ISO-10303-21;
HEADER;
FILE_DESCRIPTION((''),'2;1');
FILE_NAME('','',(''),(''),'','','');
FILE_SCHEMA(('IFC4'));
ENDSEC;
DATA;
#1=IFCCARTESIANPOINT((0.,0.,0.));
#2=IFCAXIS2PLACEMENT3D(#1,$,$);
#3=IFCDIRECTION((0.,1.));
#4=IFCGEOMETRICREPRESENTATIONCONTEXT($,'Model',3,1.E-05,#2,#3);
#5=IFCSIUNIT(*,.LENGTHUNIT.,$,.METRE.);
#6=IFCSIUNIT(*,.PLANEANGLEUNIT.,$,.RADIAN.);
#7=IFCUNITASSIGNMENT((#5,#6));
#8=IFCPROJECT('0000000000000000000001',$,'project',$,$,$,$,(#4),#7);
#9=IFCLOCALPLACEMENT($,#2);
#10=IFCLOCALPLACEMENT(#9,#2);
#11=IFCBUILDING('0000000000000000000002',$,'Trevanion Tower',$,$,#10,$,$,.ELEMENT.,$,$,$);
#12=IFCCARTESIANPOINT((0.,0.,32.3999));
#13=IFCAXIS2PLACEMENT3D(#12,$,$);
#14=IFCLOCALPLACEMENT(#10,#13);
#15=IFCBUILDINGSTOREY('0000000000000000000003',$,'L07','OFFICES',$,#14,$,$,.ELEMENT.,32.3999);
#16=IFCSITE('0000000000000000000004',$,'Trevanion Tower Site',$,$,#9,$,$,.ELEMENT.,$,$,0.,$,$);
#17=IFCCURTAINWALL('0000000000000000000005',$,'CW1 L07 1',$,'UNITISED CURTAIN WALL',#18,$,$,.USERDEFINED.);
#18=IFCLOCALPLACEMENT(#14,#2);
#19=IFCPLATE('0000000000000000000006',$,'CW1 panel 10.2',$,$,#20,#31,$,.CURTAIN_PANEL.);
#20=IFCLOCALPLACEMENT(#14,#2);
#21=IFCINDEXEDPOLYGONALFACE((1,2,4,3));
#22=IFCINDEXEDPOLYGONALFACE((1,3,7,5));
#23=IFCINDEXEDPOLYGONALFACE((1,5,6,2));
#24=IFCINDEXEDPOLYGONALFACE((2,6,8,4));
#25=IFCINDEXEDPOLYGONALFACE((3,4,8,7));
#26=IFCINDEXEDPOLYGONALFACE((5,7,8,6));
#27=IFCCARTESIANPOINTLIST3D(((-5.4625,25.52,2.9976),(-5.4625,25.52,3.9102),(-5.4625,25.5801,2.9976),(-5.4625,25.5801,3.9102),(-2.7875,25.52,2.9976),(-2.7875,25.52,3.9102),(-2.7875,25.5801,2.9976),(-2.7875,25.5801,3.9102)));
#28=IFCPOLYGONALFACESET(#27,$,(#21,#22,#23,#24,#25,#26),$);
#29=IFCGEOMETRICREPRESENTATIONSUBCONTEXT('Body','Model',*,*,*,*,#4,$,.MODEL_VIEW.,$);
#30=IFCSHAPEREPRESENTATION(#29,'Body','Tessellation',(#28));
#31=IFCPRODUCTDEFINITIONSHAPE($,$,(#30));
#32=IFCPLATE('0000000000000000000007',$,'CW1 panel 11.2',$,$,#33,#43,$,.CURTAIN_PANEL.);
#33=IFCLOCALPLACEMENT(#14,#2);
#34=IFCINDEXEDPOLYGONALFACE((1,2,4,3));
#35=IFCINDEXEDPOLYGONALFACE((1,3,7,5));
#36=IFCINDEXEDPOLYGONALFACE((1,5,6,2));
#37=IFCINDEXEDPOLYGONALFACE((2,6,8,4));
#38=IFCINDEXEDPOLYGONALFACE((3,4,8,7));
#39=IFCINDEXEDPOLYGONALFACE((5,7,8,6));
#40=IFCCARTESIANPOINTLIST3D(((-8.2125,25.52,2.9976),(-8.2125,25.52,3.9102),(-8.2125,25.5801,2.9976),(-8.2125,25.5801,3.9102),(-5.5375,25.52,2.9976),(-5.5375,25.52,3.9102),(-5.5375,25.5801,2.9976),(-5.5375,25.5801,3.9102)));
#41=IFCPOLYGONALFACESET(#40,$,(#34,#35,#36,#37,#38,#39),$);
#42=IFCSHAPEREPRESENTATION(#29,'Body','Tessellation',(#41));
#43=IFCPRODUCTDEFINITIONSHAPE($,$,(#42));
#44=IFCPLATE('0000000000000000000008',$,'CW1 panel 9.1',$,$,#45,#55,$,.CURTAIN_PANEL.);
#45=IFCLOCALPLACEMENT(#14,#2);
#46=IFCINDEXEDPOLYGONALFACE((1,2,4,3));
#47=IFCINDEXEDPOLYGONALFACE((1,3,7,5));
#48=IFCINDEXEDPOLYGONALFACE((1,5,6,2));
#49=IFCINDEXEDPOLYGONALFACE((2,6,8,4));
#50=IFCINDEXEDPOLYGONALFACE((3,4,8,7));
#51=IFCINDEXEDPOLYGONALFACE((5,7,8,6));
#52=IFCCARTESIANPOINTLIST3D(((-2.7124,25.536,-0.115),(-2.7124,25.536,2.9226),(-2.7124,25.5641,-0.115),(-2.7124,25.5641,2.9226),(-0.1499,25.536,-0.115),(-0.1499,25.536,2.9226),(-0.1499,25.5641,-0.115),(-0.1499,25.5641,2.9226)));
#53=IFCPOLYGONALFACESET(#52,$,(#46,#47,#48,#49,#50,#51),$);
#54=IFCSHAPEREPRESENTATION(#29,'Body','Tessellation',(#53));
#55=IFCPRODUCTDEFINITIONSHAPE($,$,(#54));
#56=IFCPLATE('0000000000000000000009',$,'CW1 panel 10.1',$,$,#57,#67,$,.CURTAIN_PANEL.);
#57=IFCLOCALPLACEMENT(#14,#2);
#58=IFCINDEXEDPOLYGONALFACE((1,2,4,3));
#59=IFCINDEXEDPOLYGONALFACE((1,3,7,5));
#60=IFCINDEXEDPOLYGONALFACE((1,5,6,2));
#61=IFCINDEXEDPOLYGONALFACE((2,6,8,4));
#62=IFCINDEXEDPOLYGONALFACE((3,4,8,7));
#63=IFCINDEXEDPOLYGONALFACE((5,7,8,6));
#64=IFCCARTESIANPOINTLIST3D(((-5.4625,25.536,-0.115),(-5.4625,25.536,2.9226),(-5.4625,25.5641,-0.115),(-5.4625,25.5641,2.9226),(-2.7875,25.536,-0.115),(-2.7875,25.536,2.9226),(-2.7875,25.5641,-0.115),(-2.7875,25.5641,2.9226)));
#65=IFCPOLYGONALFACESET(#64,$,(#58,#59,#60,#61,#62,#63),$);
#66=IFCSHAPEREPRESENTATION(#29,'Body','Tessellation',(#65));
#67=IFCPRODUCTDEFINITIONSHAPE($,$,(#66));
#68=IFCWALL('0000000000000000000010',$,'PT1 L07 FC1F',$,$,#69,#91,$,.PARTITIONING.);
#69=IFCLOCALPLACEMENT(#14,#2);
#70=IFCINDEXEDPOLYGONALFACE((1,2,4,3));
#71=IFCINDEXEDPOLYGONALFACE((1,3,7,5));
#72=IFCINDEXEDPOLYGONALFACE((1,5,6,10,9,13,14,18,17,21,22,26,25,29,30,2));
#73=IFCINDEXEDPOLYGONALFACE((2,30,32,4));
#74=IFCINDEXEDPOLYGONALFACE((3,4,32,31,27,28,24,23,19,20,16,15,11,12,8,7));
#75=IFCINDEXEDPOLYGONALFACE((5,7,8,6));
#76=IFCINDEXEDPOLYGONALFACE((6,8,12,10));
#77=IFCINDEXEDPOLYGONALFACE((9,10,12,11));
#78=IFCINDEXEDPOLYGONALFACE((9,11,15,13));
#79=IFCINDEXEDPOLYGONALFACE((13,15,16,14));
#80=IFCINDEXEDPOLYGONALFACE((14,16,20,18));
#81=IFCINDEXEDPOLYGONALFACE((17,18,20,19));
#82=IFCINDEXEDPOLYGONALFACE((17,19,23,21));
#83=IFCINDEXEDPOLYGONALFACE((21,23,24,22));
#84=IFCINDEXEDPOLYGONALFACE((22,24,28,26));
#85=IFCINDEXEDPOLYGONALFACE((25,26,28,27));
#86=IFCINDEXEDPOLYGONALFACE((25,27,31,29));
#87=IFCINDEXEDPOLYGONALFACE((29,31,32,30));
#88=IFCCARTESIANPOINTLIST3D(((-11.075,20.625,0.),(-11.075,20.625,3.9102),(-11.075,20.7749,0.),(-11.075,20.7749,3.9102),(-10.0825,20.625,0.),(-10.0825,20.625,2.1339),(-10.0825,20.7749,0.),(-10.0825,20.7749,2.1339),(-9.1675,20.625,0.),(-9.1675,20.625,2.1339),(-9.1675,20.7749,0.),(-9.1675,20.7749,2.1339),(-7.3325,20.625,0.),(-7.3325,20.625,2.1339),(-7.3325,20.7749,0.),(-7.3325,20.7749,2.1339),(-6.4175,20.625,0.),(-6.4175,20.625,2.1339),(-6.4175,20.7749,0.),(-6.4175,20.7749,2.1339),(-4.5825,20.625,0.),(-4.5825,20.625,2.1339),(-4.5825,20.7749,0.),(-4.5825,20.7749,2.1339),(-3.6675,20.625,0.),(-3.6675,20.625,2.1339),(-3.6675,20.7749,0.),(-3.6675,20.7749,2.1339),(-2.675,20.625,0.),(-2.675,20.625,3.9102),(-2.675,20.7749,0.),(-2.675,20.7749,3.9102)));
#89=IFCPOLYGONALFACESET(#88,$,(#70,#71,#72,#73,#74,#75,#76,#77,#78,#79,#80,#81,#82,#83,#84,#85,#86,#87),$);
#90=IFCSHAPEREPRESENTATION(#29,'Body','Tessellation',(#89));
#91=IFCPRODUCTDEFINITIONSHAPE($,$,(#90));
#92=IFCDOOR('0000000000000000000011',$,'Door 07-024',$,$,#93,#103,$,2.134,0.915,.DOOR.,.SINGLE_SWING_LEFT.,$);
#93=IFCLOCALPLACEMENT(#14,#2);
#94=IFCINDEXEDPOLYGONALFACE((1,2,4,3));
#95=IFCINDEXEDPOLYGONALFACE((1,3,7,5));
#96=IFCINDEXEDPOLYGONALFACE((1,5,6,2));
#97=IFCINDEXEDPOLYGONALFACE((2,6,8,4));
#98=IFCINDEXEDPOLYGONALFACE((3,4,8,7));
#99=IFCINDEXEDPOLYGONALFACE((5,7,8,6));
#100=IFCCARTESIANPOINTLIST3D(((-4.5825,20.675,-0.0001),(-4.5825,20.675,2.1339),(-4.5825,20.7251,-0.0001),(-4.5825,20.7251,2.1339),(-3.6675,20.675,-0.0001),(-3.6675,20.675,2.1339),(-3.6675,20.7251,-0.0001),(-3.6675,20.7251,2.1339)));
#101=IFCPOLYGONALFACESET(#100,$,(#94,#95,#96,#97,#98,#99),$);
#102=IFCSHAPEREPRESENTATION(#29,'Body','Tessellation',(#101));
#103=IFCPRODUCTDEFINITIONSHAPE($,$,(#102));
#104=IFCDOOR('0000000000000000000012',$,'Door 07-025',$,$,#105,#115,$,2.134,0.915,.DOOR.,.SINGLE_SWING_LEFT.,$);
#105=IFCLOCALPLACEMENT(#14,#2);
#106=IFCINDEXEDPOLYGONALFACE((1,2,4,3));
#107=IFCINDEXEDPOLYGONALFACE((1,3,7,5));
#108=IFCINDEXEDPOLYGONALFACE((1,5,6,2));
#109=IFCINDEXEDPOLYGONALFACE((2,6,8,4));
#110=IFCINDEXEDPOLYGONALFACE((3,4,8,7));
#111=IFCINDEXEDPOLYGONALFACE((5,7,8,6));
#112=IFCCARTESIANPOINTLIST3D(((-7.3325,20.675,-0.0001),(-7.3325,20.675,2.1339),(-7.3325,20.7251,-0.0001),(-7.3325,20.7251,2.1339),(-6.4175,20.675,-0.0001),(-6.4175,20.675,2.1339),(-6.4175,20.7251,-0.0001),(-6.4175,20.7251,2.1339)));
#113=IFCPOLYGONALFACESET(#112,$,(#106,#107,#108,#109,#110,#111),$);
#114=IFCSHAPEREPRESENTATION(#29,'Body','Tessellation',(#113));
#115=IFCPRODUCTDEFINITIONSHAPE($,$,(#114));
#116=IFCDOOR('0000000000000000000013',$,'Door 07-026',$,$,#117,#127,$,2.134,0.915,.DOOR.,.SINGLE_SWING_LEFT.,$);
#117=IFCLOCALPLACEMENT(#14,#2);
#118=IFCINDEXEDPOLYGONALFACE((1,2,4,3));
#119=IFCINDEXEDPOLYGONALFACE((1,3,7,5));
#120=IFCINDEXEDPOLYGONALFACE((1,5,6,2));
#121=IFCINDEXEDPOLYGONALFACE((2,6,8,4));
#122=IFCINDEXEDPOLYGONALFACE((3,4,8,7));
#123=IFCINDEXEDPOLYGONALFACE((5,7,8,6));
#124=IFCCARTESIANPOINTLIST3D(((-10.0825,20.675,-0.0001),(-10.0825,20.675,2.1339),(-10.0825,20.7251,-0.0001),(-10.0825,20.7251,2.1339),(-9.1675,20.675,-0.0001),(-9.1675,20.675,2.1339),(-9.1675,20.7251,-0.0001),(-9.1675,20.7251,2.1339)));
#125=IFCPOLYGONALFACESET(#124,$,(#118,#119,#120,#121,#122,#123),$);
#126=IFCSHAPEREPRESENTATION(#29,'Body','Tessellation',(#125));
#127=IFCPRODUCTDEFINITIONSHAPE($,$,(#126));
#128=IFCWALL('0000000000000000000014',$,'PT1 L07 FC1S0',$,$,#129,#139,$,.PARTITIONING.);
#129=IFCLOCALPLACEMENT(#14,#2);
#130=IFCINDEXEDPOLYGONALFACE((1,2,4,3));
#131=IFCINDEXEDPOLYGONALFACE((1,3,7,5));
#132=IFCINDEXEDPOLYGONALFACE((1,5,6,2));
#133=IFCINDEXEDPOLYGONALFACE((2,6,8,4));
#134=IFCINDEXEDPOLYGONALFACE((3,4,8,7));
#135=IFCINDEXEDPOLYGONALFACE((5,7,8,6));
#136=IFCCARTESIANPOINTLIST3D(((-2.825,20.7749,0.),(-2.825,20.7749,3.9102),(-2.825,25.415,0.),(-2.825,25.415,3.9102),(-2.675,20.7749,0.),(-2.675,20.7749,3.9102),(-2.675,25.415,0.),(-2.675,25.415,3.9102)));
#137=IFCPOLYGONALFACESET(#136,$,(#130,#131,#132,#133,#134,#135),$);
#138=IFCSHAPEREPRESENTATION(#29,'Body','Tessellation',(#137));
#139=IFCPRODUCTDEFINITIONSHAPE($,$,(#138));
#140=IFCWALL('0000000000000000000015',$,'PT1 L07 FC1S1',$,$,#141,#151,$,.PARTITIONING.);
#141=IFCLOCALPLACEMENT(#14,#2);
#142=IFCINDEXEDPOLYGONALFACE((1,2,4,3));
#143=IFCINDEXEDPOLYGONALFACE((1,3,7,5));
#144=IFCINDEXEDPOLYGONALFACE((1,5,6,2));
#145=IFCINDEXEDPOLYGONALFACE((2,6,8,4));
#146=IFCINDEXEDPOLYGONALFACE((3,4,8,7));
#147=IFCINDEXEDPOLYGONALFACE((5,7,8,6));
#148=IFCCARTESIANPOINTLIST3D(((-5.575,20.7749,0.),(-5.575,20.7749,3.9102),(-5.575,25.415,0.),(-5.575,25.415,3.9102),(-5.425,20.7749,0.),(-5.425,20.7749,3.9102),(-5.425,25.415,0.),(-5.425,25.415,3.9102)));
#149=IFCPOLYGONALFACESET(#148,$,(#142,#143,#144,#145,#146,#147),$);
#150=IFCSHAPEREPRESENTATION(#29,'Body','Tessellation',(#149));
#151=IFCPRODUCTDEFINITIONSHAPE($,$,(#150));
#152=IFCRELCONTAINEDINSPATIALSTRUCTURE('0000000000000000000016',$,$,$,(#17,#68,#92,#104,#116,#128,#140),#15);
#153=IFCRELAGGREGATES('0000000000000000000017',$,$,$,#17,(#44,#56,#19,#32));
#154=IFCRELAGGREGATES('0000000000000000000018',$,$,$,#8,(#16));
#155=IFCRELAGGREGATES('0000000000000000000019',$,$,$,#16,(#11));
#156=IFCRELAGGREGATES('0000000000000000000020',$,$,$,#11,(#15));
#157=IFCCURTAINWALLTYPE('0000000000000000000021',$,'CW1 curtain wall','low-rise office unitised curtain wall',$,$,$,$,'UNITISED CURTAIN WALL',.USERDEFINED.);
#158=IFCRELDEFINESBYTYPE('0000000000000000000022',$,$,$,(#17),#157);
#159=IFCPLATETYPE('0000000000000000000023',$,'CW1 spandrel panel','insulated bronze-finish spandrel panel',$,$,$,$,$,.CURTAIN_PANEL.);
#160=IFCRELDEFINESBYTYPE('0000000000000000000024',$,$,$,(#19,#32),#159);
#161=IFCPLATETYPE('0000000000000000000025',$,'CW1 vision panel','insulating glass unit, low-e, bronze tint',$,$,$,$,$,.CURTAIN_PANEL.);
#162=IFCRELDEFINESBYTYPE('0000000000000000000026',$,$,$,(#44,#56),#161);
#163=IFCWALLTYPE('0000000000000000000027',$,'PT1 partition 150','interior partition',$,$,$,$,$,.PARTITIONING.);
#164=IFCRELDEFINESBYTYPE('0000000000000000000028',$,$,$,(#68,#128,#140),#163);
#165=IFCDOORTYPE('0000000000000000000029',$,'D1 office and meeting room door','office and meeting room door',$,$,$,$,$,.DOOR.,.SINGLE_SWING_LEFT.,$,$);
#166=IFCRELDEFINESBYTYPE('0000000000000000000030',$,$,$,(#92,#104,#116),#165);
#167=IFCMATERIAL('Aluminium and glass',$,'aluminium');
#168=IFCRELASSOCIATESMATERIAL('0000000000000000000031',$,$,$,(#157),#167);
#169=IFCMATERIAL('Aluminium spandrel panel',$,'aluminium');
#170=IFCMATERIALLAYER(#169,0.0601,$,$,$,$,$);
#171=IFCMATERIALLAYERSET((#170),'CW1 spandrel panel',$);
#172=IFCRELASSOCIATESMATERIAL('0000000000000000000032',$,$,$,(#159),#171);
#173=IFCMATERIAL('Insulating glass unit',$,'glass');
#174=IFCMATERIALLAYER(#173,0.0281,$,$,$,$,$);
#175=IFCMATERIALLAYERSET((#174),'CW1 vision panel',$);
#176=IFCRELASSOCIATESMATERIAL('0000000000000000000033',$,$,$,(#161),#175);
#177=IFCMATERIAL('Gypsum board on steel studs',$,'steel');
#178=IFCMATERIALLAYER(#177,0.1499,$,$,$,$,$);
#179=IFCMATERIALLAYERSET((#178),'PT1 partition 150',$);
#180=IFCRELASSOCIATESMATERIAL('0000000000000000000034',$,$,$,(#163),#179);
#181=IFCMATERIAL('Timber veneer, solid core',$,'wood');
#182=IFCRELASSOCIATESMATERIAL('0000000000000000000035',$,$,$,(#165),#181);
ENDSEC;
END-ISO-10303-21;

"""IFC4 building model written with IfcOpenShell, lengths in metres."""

from ifc_helpers import new_model, si_unit, direction, frame, frame_2d, origin, origin_2d, place, context, subcontext, project, spatial, rectangle, extrude, material, layer, layer_set, type_object, element, fill, aggregate, save


model = new_model("IFC4")

# Units and contexts
model_context = context("Model", 3, precision=1e-05, world=origin(), true_north=direction((0.0, 1.0)))
body_context = subcontext(model_context, "Body", "Model", "MODEL_VIEW")
ifc_project = project(units=[si_unit("LENGTHUNIT", "METRE"), si_unit("PLANEANGLEUNIT", "RADIAN")], contexts=[model_context])

# Site, building, storey
site_placement = place(None, origin())
site = spatial("IfcSite", under=ifc_project, at=site_placement, Name="Trevanion Tower Site", CompositionType="ELEMENT", RefElevation=0.0)
building_placement = place(site_placement, origin())
building = spatial("IfcBuilding", under=site, at=building_placement, Name="Trevanion Tower", CompositionType="ELEMENT")
storey_placement = place(building_placement, frame((0.0, 0.0, 32.3999)))
storey = spatial("IfcBuildingStorey", under=building, at=storey_placement, Name="L07", Description="OFFICES", CompositionType="ELEMENT", Elevation=32.3999)

# Curtain wall
ifc_material_1 = material(Name="Aluminium and glass", Category="aluminium")
curtain_wall_type = type_object("IfcCurtainWallType", Name="CW1 curtain wall", Description="low-rise office unitised curtain wall", ElementType="UNITISED CURTAIN WALL", PredefinedType="USERDEFINED", material=ifc_material_1)
curtain_wall_placement = place(storey_placement, origin())
curtain_wall = element("IfcCurtainWall", 1, at=curtain_wall_placement, inside=storey, type_object=curtain_wall_type, Name="CW1 L07 1", ObjectType="UNITISED CURTAIN WALL", PredefinedType="USERDEFINED")

# Plates
ifc_material_2 = material(Name="Aluminium spandrel panel", Category="aluminium")
ifc_layer_1 = layer(ifc_material_2, 0.0601)
ifc_layer_set_1 = layer_set([ifc_layer_1], Name="CW1 spandrel panel")
plate_type_1 = type_object("IfcPlateType", Name="CW1 spandrel panel", Description="insulated bronze-finish spandrel panel", PredefinedType="CURTAIN_PANEL", material=ifc_layer_set_1)
plate_1_placement = place(storey_placement, frame((-4.125, 25.55, 2.9976), z_axis=(0.0, 0.0, 1.0), x_axis=(-1.0, 0.0, 0.0)))
plate_1 = element("IfcPlate", 2, at=plate_1_placement, type_object=plate_type_1, Name="CW1 panel 10.2", PredefinedType="CURTAIN_PANEL", context=body_context, shape_type="SweptSolid", body=[
    extrude(rectangle(XDim=2.675, YDim=0.0601, at=origin_2d()), origin(), (0.0, 0.0, 1.0), 0.9126),
])
plate_2_placement = place(storey_placement, frame((-6.875, 25.55, 2.9976), z_axis=(0.0, 0.0, 1.0), x_axis=(-1.0, 0.0, 0.0)))
plate_2 = element("IfcPlate", 3, at=plate_2_placement, type_object=plate_type_1, Name="CW1 panel 11.2", PredefinedType="CURTAIN_PANEL", context=body_context, shape_type="SweptSolid", body=[
    extrude(rectangle(XDim=2.675, YDim=0.0601, at=origin_2d()), origin(), (0.0, 0.0, 1.0), 0.9126),
])
ifc_material_3 = material(Name="Insulating glass unit", Category="glass")
ifc_layer_2 = layer(ifc_material_3, 0.0281)
ifc_layer_set_2 = layer_set([ifc_layer_2], Name="CW1 vision panel")
plate_type_2 = type_object("IfcPlateType", Name="CW1 vision panel", Description="insulating glass unit, low-e, bronze tint", PredefinedType="CURTAIN_PANEL", material=ifc_layer_set_2)
plate_3_placement = place(storey_placement, frame((-1.4312, 25.55, -0.115), z_axis=(0.0, 0.0, 1.0), x_axis=(-1.0, 0.0, 0.0)))
plate_3 = element("IfcPlate", 4, at=plate_3_placement, type_object=plate_type_2, Name="CW1 panel 9.1", PredefinedType="CURTAIN_PANEL", context=body_context, shape_type="SweptSolid", body=[
    extrude(rectangle(XDim=2.5625, YDim=0.0281, at=origin_2d()), origin(), (0.0, 0.0, 1.0), 3.0376),
])
plate_4_placement = place(storey_placement, frame((-4.125, 25.55, -0.115), z_axis=(0.0, 0.0, 1.0), x_axis=(-1.0, 0.0, 0.0)))
plate_4 = element("IfcPlate", 5, at=plate_4_placement, type_object=plate_type_2, Name="CW1 panel 10.1", PredefinedType="CURTAIN_PANEL", context=body_context, shape_type="SweptSolid", body=[
    extrude(rectangle(XDim=2.675, YDim=0.0281, at=origin_2d()), origin(), (0.0, 0.0, 1.0), 3.0376),
])
aggregate(curtain_wall, [plate_3, plate_4, plate_1, plate_2])

# Wall, openings, doors
ifc_material_4 = material(Name="Gypsum board on steel studs", Category="steel")
ifc_layer_3 = layer(ifc_material_4, 0.1499)
ifc_layer_set_3 = layer_set([ifc_layer_3], Name="PT1 partition 150")
wall_type = type_object("IfcWallType", Name="PT1 partition 150", Description="interior partition", PredefinedType="PARTITIONING", material=ifc_layer_set_3)
wall_placement = place(storey_placement, frame((-2.675, 20.7, 0.0), z_axis=(0.0, 0.0, 1.0), x_axis=(-1.0, 0.0, 0.0)))
wall = element("IfcWall", 6, at=wall_placement, inside=storey, type_object=wall_type, Name="PT1 L07 FC1F", PredefinedType="PARTITIONING", context=body_context, shape_type="SweptSolid", body=[
    extrude(rectangle(XDim=8.3999, YDim=0.1499, at=frame_2d((4.2, 0.0))), origin(), (0.0, 0.0, 1.0), 3.9102),
])
opening_1_placement = place(wall_placement, frame((0.9924, 0.0, 0.0)))
opening_1 = element("IfcOpeningElement", 7, at=opening_1_placement, cuts=wall, PredefinedType="OPENING", context=body_context, shape_type="SweptSolid", body=[
    extrude(rectangle(XDim=0.915, YDim=2.134, at=frame_2d((0.4575, 1.0669))), frame((0.0, 0.085, 0.0), z_axis=(0.0, -1.0, 0.0), x_axis=(1.0, 0.0, 0.0)), (0.0, 0.0, 1.0), 0.1699),
])
opening_2_placement = place(wall_placement, frame((3.7424, 0.0, 0.0)))
opening_2 = element("IfcOpeningElement", 8, at=opening_2_placement, cuts=wall, PredefinedType="OPENING", context=body_context, shape_type="SweptSolid", body=[
    extrude(rectangle(XDim=0.915, YDim=2.134, at=frame_2d((0.4575, 1.0669))), frame((0.0, 0.085, 0.0), z_axis=(0.0, -1.0, 0.0), x_axis=(1.0, 0.0, 0.0)), (0.0, 0.0, 1.0), 0.1699),
])
opening_3_placement = place(wall_placement, frame((6.4924, 0.0, 0.0)))
opening_3 = element("IfcOpeningElement", 9, at=opening_3_placement, cuts=wall, PredefinedType="OPENING", context=body_context, shape_type="SweptSolid", body=[
    extrude(rectangle(XDim=0.915, YDim=2.134, at=frame_2d((0.4575, 1.0669))), frame((0.0, 0.085, 0.0), z_axis=(0.0, -1.0, 0.0), x_axis=(1.0, 0.0, 0.0)), (0.0, 0.0, 1.0), 0.1699),
])
ifc_material_5 = material(Name="Timber veneer, solid core", Category="wood")
door_type = type_object("IfcDoorType", Name="D1 office and meeting room door", Description="office and meeting room door", OperationType="SINGLE_SWING_LEFT", PredefinedType="DOOR", material=ifc_material_5)
door_1_placement = place(opening_1_placement, origin())
door_1 = element("IfcDoor", 10, at=door_1_placement, inside=storey, type_object=door_type, Name="Door 07-024", OperationType="SINGLE_SWING_LEFT", OverallHeight=2.134, OverallWidth=0.915, PredefinedType="DOOR", context=body_context, shape_type="SweptSolid", body=[
    extrude(rectangle(XDim=0.915, YDim=2.134, at=frame_2d((0.4575, 1.0669))), frame((0.0, 0.0249, 0.0), z_axis=(0.0, -1.0, 0.0), x_axis=(1.0, 0.0, 0.0)), (0.0, 0.0, 1.0), 0.05),
])
fill(opening_1, door_1)
door_2_placement = place(opening_2_placement, origin())
door_2 = element("IfcDoor", 11, at=door_2_placement, inside=storey, type_object=door_type, Name="Door 07-025", OperationType="SINGLE_SWING_LEFT", OverallHeight=2.134, OverallWidth=0.915, PredefinedType="DOOR", context=body_context, shape_type="SweptSolid", body=[
    extrude(rectangle(XDim=0.915, YDim=2.134, at=frame_2d((0.4575, 1.0669))), frame((0.0, 0.0249, 0.0), z_axis=(0.0, -1.0, 0.0), x_axis=(1.0, 0.0, 0.0)), (0.0, 0.0, 1.0), 0.05),
])
fill(opening_2, door_2)
door_3_placement = place(opening_3_placement, origin())
door_3 = element("IfcDoor", 12, at=door_3_placement, inside=storey, type_object=door_type, Name="Door 07-026", OperationType="SINGLE_SWING_LEFT", OverallHeight=2.134, OverallWidth=0.915, PredefinedType="DOOR", context=body_context, shape_type="SweptSolid", body=[
    extrude(rectangle(XDim=0.915, YDim=2.134, at=frame_2d((0.4575, 1.0669))), frame((0.0, 0.0249, 0.0), z_axis=(0.0, -1.0, 0.0), x_axis=(1.0, 0.0, 0.0)), (0.0, 0.0, 1.0), 0.05),
])
fill(opening_3, door_3)

# Walls
for number, where, z_axis, x_axis, name in (
    (13, (-2.75, 20.7749, 0.0), (0.0, 0.0, 1.0), (0.0, 1.0, 0.0), "PT1 L07 FC1S0"),
    (14, (-5.5, 20.7749, 0.0), (0.0, 0.0, 1.0), (0.0, 1.0, 0.0), "PT1 L07 FC1S1"),
):
    element("IfcWall", number, at=place(storey_placement, frame(where, z_axis=z_axis, x_axis=x_axis)), inside=storey, type_object=wall_type, Name=name, PredefinedType="PARTITIONING", context=body_context, shape_type="SweptSolid", body=[
        extrude(rectangle(XDim=4.6401, YDim=0.1499, at=frame_2d((2.3201, 0.0))), origin(), (0.0, 0.0, 1.0), 3.9102),
    ])

save(model, "model.ifc")
